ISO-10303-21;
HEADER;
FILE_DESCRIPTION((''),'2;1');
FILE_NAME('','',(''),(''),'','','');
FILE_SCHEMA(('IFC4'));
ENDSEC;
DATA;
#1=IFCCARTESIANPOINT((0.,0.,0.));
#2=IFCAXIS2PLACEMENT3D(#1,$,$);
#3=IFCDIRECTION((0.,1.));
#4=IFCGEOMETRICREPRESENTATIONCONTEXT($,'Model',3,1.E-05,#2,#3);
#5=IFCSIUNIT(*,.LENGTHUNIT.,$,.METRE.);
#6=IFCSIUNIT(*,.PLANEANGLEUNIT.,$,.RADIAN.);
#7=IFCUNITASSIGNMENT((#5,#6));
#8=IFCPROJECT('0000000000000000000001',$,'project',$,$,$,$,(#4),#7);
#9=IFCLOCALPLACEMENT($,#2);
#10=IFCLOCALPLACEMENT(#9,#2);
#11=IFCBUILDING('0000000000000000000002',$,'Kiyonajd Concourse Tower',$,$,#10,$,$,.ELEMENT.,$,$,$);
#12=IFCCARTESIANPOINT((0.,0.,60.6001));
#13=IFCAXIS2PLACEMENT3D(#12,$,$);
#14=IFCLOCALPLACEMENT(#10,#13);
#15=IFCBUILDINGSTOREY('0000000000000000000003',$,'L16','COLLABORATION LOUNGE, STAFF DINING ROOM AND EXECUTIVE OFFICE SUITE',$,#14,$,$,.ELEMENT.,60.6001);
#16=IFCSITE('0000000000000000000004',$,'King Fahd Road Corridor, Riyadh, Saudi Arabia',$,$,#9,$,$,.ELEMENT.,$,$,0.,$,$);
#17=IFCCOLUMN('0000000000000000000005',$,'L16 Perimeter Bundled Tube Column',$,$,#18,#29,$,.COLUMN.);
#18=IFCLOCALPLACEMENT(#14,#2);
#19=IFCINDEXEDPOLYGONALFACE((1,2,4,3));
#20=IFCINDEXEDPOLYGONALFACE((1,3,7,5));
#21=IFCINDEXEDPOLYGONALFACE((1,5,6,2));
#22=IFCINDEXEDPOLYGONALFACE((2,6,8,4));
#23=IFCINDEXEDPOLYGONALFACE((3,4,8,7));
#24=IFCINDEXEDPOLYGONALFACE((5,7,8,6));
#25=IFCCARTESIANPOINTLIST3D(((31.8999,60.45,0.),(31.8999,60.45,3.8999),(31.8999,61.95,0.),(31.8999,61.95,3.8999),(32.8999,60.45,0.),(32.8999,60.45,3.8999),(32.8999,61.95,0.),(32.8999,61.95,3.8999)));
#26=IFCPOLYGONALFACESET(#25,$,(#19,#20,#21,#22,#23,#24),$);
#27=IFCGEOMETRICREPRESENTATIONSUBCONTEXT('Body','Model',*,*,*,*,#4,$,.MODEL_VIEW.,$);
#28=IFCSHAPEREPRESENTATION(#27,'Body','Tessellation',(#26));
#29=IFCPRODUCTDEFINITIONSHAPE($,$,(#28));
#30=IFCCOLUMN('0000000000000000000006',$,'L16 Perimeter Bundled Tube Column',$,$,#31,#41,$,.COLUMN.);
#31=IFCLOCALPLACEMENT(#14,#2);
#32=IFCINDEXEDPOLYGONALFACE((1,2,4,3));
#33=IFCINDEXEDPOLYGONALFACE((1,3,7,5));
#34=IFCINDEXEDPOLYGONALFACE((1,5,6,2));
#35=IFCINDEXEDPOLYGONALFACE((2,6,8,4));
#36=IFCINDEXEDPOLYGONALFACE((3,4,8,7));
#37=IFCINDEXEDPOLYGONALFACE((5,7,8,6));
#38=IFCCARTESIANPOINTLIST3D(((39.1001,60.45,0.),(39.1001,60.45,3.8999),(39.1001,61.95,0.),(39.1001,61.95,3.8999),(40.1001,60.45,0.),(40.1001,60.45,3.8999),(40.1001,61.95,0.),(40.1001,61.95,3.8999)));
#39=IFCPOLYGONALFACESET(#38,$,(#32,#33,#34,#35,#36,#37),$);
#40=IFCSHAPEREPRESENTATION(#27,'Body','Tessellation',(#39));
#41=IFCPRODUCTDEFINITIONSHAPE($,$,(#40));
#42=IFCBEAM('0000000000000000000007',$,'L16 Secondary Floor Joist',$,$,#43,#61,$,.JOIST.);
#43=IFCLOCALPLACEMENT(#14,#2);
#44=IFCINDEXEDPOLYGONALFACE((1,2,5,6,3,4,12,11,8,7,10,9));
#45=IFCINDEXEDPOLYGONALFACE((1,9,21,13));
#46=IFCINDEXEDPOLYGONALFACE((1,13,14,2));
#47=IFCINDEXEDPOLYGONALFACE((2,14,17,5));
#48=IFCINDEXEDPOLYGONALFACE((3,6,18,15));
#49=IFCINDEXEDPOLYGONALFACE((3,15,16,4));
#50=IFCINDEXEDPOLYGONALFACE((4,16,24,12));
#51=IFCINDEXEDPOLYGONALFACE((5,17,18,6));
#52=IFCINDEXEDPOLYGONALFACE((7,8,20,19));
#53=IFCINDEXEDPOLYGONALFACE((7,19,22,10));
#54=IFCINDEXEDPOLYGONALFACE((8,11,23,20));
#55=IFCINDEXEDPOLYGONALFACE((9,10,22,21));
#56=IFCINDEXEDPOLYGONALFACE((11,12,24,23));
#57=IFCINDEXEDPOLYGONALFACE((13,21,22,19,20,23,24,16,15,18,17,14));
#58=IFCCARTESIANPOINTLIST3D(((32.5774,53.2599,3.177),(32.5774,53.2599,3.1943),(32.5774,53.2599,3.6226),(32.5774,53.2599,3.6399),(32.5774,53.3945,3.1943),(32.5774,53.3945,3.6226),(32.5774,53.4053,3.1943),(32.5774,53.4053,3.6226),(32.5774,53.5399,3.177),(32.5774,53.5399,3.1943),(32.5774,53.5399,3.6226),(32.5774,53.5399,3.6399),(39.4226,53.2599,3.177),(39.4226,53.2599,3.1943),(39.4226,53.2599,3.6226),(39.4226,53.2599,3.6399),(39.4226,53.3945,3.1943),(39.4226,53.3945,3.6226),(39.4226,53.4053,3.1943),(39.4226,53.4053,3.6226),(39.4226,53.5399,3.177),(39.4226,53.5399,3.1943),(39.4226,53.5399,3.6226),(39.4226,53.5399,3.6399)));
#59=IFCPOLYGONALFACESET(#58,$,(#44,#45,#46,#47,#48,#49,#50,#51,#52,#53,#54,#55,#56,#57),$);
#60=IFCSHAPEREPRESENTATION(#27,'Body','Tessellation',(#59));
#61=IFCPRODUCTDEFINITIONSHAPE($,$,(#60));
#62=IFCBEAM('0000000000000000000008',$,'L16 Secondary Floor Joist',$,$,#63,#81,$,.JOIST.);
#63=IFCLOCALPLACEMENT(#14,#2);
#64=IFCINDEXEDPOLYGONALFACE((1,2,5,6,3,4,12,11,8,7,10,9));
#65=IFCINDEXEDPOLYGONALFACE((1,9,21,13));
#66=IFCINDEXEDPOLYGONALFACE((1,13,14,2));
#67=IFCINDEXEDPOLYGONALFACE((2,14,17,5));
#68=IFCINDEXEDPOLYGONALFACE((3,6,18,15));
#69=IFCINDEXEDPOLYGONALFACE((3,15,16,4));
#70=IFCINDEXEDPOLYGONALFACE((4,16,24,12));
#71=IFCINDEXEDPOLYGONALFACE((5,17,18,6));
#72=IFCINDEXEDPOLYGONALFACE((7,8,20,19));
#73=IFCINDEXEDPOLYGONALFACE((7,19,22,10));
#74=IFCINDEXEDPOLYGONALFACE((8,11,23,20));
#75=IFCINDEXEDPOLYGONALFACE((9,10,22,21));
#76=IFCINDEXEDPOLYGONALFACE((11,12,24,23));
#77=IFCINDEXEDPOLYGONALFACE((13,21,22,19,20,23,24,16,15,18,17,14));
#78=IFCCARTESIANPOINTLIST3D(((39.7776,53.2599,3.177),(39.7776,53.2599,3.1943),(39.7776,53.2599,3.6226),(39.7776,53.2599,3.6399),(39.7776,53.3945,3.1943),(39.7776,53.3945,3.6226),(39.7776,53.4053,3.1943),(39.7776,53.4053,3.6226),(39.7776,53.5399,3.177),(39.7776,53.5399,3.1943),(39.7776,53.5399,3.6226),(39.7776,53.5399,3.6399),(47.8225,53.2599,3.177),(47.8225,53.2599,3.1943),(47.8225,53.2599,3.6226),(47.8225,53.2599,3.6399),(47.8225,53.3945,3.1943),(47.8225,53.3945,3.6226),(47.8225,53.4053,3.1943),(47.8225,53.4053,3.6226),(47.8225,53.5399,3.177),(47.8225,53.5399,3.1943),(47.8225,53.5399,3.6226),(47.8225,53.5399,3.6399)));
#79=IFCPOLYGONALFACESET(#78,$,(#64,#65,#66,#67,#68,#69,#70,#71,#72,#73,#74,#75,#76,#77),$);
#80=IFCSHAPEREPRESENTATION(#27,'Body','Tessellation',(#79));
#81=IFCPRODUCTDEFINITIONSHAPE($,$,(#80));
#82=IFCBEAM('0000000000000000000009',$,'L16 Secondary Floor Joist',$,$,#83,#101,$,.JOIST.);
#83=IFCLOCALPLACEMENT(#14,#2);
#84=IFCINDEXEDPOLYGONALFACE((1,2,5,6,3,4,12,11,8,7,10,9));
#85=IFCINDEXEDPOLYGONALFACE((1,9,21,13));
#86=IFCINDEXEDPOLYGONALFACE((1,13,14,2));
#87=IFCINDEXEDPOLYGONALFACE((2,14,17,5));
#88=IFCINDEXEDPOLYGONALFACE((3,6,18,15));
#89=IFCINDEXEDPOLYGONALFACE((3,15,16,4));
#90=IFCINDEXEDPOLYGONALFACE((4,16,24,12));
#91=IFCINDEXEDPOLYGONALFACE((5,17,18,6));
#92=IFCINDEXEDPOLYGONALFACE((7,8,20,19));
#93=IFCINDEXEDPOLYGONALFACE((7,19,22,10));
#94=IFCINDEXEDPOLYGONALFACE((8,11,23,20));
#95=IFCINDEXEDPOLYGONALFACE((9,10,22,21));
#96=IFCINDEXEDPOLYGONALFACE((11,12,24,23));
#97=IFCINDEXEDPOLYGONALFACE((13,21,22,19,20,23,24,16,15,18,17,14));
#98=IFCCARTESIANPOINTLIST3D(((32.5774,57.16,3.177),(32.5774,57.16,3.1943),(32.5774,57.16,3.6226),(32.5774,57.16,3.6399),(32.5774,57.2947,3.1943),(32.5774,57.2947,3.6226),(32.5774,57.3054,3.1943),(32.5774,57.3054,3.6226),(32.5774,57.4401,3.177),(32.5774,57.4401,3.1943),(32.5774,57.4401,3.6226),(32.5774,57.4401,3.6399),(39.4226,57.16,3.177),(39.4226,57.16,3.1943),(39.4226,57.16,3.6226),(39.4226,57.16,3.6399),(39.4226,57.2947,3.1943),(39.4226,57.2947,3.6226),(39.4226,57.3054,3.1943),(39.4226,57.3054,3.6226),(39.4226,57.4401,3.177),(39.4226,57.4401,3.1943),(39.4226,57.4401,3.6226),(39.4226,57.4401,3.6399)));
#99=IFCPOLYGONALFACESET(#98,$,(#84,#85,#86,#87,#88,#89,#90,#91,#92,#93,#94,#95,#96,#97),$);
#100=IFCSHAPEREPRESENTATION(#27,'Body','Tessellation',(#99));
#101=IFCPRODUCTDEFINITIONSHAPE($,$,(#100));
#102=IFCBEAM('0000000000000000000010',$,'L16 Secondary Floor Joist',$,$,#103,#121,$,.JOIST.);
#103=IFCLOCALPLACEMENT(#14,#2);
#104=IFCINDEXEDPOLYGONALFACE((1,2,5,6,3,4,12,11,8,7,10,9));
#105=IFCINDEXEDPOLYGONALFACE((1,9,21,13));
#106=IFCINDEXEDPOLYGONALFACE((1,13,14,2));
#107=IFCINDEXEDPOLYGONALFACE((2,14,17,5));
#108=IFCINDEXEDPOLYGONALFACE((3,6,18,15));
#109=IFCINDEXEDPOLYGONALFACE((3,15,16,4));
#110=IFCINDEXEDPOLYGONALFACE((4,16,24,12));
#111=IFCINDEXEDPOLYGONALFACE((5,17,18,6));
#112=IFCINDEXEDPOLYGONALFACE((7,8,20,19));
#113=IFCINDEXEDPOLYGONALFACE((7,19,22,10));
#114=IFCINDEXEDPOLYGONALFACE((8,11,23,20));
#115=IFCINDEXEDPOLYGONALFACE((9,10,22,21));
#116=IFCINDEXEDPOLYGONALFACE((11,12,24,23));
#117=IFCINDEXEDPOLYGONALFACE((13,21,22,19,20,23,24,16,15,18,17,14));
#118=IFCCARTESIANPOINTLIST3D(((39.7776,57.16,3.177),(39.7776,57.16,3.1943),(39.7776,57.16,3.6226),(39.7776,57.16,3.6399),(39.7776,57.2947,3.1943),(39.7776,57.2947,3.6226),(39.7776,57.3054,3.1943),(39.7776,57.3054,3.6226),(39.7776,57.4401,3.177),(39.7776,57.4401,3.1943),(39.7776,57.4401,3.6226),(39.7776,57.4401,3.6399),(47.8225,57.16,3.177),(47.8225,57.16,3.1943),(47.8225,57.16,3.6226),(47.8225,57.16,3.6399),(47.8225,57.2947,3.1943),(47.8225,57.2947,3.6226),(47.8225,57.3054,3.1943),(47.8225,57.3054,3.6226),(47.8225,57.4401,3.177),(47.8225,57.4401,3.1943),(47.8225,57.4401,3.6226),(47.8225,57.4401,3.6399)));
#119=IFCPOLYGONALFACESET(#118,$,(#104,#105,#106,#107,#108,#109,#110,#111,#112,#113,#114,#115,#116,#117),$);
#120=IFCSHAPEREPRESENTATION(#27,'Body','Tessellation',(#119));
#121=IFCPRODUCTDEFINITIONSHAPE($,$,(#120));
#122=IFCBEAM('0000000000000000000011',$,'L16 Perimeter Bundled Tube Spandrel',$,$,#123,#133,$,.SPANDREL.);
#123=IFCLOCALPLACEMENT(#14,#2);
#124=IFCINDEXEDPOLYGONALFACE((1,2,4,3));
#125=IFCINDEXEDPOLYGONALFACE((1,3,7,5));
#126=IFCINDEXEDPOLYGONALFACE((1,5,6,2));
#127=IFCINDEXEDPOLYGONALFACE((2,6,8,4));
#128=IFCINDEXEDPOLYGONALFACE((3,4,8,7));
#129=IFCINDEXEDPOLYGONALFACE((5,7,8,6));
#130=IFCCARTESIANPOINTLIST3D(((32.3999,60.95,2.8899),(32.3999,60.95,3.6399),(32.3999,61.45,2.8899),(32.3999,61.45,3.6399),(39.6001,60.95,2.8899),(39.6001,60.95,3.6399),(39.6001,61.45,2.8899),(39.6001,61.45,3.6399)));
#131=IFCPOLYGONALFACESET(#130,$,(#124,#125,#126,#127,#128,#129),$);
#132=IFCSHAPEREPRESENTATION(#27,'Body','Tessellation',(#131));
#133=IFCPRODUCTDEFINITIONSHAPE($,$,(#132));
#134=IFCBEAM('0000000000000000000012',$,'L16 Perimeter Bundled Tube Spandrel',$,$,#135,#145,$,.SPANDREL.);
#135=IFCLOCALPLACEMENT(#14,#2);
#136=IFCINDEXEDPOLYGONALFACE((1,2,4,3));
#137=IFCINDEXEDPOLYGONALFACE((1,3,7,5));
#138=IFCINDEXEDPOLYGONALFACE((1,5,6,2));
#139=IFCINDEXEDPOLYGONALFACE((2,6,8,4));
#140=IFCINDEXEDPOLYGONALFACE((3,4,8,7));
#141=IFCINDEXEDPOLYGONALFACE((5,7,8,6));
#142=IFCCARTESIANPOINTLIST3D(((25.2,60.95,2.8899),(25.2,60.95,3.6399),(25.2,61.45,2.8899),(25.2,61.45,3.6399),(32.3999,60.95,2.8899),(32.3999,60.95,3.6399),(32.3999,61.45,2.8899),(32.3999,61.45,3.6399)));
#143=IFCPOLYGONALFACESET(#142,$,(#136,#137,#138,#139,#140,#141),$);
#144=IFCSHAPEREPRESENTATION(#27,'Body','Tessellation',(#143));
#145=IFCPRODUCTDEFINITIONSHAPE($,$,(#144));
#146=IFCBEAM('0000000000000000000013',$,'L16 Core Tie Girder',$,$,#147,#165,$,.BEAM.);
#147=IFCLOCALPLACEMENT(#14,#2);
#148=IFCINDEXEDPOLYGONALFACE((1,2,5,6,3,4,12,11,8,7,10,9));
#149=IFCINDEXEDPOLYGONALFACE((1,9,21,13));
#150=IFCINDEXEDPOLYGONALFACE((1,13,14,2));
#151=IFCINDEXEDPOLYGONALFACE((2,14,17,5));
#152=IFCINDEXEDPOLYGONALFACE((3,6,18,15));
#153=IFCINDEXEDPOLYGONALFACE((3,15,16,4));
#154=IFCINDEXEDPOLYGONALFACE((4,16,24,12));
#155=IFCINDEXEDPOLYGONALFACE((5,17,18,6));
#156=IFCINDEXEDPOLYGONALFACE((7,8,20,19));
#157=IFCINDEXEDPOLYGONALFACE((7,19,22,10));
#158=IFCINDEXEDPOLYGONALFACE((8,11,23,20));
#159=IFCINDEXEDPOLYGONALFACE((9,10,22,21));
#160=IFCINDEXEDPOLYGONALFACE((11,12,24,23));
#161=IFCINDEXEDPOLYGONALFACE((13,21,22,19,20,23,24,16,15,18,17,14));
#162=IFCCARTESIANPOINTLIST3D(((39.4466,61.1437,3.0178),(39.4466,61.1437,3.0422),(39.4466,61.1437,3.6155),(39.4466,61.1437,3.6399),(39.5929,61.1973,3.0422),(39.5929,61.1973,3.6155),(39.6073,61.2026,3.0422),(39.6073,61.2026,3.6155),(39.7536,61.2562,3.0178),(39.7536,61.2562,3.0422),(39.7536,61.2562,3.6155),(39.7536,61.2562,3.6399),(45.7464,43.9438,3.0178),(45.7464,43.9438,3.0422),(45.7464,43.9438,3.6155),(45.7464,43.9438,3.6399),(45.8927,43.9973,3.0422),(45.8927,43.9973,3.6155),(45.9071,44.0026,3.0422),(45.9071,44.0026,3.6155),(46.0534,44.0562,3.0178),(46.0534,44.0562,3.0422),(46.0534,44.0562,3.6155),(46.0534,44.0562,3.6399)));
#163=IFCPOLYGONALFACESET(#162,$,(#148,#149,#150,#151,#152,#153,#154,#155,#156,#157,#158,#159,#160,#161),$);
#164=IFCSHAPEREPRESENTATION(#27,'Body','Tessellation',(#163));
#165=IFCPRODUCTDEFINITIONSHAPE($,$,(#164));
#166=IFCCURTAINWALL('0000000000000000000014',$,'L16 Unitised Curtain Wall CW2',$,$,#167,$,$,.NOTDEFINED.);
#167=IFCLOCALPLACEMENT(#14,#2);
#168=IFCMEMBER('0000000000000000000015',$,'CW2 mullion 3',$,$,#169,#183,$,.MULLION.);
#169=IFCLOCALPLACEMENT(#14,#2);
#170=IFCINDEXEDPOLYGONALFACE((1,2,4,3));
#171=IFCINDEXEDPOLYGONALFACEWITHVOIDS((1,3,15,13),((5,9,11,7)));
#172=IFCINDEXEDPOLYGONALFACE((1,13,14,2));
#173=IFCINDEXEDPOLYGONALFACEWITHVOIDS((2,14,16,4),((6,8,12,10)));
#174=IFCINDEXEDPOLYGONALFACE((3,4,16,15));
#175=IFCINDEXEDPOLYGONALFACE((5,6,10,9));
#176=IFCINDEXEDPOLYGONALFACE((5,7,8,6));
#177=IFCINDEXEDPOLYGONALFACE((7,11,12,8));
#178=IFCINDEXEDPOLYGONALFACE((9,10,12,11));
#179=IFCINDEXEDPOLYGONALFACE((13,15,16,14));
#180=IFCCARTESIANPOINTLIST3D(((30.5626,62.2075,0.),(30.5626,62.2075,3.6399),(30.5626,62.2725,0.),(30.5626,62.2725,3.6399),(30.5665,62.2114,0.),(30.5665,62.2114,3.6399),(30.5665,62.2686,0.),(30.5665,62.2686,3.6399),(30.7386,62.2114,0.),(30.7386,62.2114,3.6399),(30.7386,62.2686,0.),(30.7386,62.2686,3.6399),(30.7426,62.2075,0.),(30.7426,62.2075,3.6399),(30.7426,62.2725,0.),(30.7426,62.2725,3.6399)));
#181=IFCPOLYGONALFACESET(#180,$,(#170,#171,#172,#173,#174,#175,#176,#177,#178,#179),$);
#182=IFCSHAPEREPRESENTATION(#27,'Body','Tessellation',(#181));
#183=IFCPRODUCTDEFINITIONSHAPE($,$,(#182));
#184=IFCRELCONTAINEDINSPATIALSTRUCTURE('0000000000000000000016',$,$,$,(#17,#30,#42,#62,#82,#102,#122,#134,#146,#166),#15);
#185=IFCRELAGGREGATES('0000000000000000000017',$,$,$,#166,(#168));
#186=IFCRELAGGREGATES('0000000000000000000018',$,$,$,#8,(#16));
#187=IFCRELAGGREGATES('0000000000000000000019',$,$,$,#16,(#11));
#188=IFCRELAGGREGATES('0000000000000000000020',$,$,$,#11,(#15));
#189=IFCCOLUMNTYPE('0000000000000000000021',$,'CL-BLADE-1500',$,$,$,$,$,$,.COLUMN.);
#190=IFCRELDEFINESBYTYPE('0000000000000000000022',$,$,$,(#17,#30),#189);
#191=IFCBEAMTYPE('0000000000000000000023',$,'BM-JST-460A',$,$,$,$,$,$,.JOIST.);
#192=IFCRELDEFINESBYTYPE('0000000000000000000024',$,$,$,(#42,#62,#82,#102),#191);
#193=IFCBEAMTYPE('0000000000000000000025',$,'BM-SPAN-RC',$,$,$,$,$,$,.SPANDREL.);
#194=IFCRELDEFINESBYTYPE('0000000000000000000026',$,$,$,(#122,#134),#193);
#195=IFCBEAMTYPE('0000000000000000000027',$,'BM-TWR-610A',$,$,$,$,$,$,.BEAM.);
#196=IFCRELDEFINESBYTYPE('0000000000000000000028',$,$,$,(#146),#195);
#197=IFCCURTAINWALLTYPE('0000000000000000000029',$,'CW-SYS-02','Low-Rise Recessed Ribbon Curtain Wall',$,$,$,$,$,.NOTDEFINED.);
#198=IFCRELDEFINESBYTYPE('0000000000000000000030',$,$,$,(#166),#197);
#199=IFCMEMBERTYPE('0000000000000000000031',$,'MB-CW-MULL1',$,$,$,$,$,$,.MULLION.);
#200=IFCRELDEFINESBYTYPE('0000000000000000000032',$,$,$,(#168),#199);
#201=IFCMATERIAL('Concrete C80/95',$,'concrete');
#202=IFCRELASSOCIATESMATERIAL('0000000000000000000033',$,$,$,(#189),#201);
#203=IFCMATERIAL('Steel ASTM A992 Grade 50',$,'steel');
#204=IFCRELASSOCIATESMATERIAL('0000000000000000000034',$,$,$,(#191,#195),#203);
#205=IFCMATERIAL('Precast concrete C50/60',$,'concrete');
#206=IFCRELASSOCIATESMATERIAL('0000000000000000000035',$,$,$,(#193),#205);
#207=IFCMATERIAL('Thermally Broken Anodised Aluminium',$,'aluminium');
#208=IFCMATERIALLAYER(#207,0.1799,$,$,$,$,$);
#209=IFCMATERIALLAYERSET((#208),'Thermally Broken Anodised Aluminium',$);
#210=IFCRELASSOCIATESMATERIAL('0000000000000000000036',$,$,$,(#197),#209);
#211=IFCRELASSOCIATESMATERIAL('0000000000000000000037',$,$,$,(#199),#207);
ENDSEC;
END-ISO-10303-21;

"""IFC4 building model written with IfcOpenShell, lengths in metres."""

from ifc_helpers import new_model, si_unit, direction, frame, origin, origin_2d, place, context, subcontext, project, spatial, rectangle, hollow_rectangle, i_section, extrude, material, layer, layer_set, material_profile, profile_set, type_object, element, aggregate, save


model = new_model("IFC4")

# Units and contexts
model_context = context("Model", 3, precision=1e-05, world=origin(), true_north=direction((0.0, 1.0)))
body_context = subcontext(model_context, "Body", "Model", "MODEL_VIEW")
ifc_project = project(units=[si_unit("LENGTHUNIT", "METRE"), si_unit("PLANEANGLEUNIT", "RADIAN")], contexts=[model_context])

# Site, building, storey
site_placement = place(None, origin())
site = spatial("IfcSite", under=ifc_project, at=site_placement, Name="King Fahd Road Corridor, Riyadh, Saudi Arabia", CompositionType="ELEMENT", RefElevation=0.0)
building_placement = place(site_placement, origin())
building = spatial("IfcBuilding", under=site, at=building_placement, Name="Kiyonajd Concourse Tower", CompositionType="ELEMENT")
storey_placement = place(building_placement, frame((0.0, 0.0, 60.6001)))
storey = spatial("IfcBuildingStorey", under=building, at=storey_placement, Name="L16", Description="COLLABORATION LOUNGE, STAFF DINING ROOM AND EXECUTIVE OFFICE SUITE", CompositionType="ELEMENT", Elevation=60.6001)

# Columns
ifc_material_1 = material(Name="Concrete C80/95", Category="concrete")
ifc_material_profile_1 = material_profile(ifc_material_1, rectangle(XDim=1.0, YDim=1.5, at=origin_2d()), Name="RC-1500x1000")
ifc_profile_set_1 = profile_set([ifc_material_profile_1], Name="Concrete C80/95")
column_type = type_object("IfcColumnType", Name="CL-BLADE-1500", PredefinedType="COLUMN", material=ifc_profile_set_1)
for number, where, z_axis, x_axis, name in (
    (1, (32.3999, 61.2, 0.0), (0.0, 0.0, 1.0), (1.0, 0.0, 0.0), "L16 Perimeter Bundled Tube Column"),
    (2, (39.6001, 61.2, 0.0), (0.0, 0.0, 1.0), (1.0, 0.0, 0.0), "L16 Perimeter Bundled Tube Column"),
):
    element("IfcColumn", number, at=place(storey_placement, frame(where, z_axis=z_axis, x_axis=x_axis)), inside=storey, type_object=column_type, Name=name, PredefinedType="COLUMN", context=body_context, shape_type="SweptSolid", body=[
        extrude(rectangle(XDim=1.0, YDim=1.5, at=origin_2d()), origin(), (0.0, 0.0, 1.0), 3.8999),
    ])

# Beams
ifc_material_2 = material(Name="Steel ASTM A992 Grade 50", Category="steel")
ifc_material_profile_2 = material_profile(ifc_material_2, i_section(OverallWidth=0.28, OverallDepth=0.4629, WebThickness=0.0107, FlangeThickness=0.0173, at=origin_2d()), Name="W460X113")
ifc_profile_set_2 = profile_set([ifc_material_profile_2], Name="Steel ASTM A992 Grade 50")
beam_type_1 = type_object("IfcBeamType", Name="BM-JST-460A", PredefinedType="JOIST", material=ifc_profile_set_2)
beam_1_placement = place(storey_placement, frame((32.5774, 53.3999, 3.4084), z_axis=(1.0, 0.0, 0.0), x_axis=(0.0, 1.0, 0.0)))
element("IfcBeam", 3, at=beam_1_placement, inside=storey, type_object=beam_type_1, Name="L16 Secondary Floor Joist", PredefinedType="JOIST", context=body_context, shape_type="SweptSolid", body=[
    extrude(i_section(OverallWidth=0.28, OverallDepth=0.4629, WebThickness=0.0107, FlangeThickness=0.0173, at=origin_2d()), origin(), (0.0, 0.0, 1.0), 6.8452),
])
beam_2_placement = place(storey_placement, frame((39.7776, 53.3999, 3.4084), z_axis=(1.0, 0.0, 0.0), x_axis=(0.0, 1.0, 0.0)))
element("IfcBeam", 4, at=beam_2_placement, inside=storey, type_object=beam_type_1, Name="L16 Secondary Floor Joist", PredefinedType="JOIST", context=body_context, shape_type="SweptSolid", body=[
    extrude(i_section(OverallWidth=0.28, OverallDepth=0.4629, WebThickness=0.0107, FlangeThickness=0.0173, at=origin_2d()), origin(), (0.0, 0.0, 1.0), 8.0449),
])
beam_3_placement = place(storey_placement, frame((32.5774, 57.3, 3.4084), z_axis=(1.0, 0.0, 0.0), x_axis=(0.0, 1.0, 0.0)))
element("IfcBeam", 5, at=beam_3_placement, inside=storey, type_object=beam_type_1, Name="L16 Secondary Floor Joist", PredefinedType="JOIST", context=body_context, shape_type="SweptSolid", body=[
    extrude(i_section(OverallWidth=0.28, OverallDepth=0.4629, WebThickness=0.0107, FlangeThickness=0.0173, at=origin_2d()), origin(), (0.0, 0.0, 1.0), 6.8452),
])
beam_4_placement = place(storey_placement, frame((39.7776, 57.3, 3.4084), z_axis=(1.0, 0.0, 0.0), x_axis=(0.0, 1.0, 0.0)))
element("IfcBeam", 6, at=beam_4_placement, inside=storey, type_object=beam_type_1, Name="L16 Secondary Floor Joist", PredefinedType="JOIST", context=body_context, shape_type="SweptSolid", body=[
    extrude(i_section(OverallWidth=0.28, OverallDepth=0.4629, WebThickness=0.0107, FlangeThickness=0.0173, at=origin_2d()), origin(), (0.0, 0.0, 1.0), 8.0449),
])
ifc_material_3 = material(Name="Precast concrete C50/60", Category="concrete")
ifc_material_profile_3 = material_profile(ifc_material_3, rectangle(XDim=0.5, YDim=0.75, at=origin_2d()), Name="RCBM-500x750")
ifc_profile_set_3 = profile_set([ifc_material_profile_3], Name="Precast concrete C50/60")
beam_type_2 = type_object("IfcBeamType", Name="BM-SPAN-RC", PredefinedType="SPANDREL", material=ifc_profile_set_3)
beam_5_placement = place(storey_placement, frame((39.6001, 61.2, 3.2649), z_axis=(-1.0, 0.0, 0.0), x_axis=(0.0, -1.0, 0.0)))
element("IfcBeam", 7, at=beam_5_placement, inside=storey, type_object=beam_type_2, Name="L16 Perimeter Bundled Tube Spandrel", PredefinedType="SPANDREL", context=body_context, shape_type="SweptSolid", body=[
    extrude(rectangle(XDim=0.5, YDim=0.75, at=origin_2d()), origin(), (0.0, 0.0, 1.0), 7.2002),
])
beam_6_placement = place(storey_placement, frame((32.3999, 61.2, 3.2649), z_axis=(-1.0, 0.0, 0.0), x_axis=(0.0, -1.0, 0.0)))
element("IfcBeam", 8, at=beam_6_placement, inside=storey, type_object=beam_type_2, Name="L16 Perimeter Bundled Tube Spandrel", PredefinedType="SPANDREL", context=body_context, shape_type="SweptSolid", body=[
    extrude(rectangle(XDim=0.5, YDim=0.75, at=origin_2d()), origin(), (0.0, 0.0, 1.0), 7.2),
])
ifc_material_profile_4 = material_profile(ifc_material_2, i_section(OverallWidth=0.3269, OverallDepth=0.6221, WebThickness=0.0154, FlangeThickness=0.0244, at=origin_2d()), Name="W610X195")
ifc_profile_set_4 = profile_set([ifc_material_profile_4], Name="Steel ASTM A992 Grade 50")
beam_type_3 = type_object("IfcBeamType", Name="BM-TWR-610A", PredefinedType="BEAM", material=ifc_profile_set_4)
beam_7_placement = place(storey_placement, frame((39.6001, 61.2, 3.3289), z_axis=(0.343925, -0.938997, 0.0), x_axis=(0.938997, 0.343925, 0.0)))
element("IfcBeam", 9, at=beam_7_placement, inside=storey, type_object=beam_type_3, Name="L16 Core Tie Girder", PredefinedType="BEAM", context=body_context, shape_type="SweptSolid", body=[
    extrude(i_section(OverallWidth=0.3269, OverallDepth=0.6221, WebThickness=0.0154, FlangeThickness=0.0244, at=origin_2d()), origin(), (0.0, 0.0, 1.0), 18.3174),
])

# Curtain wall, member
ifc_material_4 = material(Name="Thermally Broken Anodised Aluminium", Category="aluminium")
ifc_layer_1 = layer(ifc_material_4, 0.1799)
ifc_layer_set_1 = layer_set([ifc_layer_1], Name="Thermally Broken Anodised Aluminium")
curtain_wall_type = type_object("IfcCurtainWallType", Name="CW-SYS-02", Description="Low-Rise Recessed Ribbon Curtain Wall", PredefinedType="NOTDEFINED", material=ifc_layer_set_1)
curtain_wall_placement = place(storey_placement, origin())
curtain_wall = element("IfcCurtainWall", 10, at=curtain_wall_placement, inside=storey, type_object=curtain_wall_type, Name="L16 Unitised Curtain Wall CW2", PredefinedType="NOTDEFINED")
ifc_material_profile_5 = material_profile(ifc_material_4, hollow_rectangle(XDim=0.0649, YDim=0.1799, WallThickness=0.0039, at=origin_2d()), Name="MULL-65x180")
ifc_profile_set_5 = profile_set([ifc_material_profile_5], Name="Thermally Broken Anodised Aluminium")
member_type_1 = type_object("IfcMemberType", Name="MB-CW-MULL1", PredefinedType="MULLION", material=ifc_profile_set_5)
member_1_placement = place(storey_placement, frame((30.6526, 62.24, 0.0), z_axis=(0.0, 0.0, 1.0), x_axis=(0.0, 1.0, 0.0)))
member_1 = element("IfcMember", 11, at=member_1_placement, type_object=member_type_1, Name="CW2 mullion 3", PredefinedType="MULLION", context=body_context, shape_type="SweptSolid", body=[
    extrude(hollow_rectangle(XDim=0.0649, YDim=0.1799, WallThickness=0.0039, at=origin_2d()), origin(), (0.0, 0.0, 1.0), 3.6399),
])
aggregate(curtain_wall, [member_1])

save(model, "model.ifc")
